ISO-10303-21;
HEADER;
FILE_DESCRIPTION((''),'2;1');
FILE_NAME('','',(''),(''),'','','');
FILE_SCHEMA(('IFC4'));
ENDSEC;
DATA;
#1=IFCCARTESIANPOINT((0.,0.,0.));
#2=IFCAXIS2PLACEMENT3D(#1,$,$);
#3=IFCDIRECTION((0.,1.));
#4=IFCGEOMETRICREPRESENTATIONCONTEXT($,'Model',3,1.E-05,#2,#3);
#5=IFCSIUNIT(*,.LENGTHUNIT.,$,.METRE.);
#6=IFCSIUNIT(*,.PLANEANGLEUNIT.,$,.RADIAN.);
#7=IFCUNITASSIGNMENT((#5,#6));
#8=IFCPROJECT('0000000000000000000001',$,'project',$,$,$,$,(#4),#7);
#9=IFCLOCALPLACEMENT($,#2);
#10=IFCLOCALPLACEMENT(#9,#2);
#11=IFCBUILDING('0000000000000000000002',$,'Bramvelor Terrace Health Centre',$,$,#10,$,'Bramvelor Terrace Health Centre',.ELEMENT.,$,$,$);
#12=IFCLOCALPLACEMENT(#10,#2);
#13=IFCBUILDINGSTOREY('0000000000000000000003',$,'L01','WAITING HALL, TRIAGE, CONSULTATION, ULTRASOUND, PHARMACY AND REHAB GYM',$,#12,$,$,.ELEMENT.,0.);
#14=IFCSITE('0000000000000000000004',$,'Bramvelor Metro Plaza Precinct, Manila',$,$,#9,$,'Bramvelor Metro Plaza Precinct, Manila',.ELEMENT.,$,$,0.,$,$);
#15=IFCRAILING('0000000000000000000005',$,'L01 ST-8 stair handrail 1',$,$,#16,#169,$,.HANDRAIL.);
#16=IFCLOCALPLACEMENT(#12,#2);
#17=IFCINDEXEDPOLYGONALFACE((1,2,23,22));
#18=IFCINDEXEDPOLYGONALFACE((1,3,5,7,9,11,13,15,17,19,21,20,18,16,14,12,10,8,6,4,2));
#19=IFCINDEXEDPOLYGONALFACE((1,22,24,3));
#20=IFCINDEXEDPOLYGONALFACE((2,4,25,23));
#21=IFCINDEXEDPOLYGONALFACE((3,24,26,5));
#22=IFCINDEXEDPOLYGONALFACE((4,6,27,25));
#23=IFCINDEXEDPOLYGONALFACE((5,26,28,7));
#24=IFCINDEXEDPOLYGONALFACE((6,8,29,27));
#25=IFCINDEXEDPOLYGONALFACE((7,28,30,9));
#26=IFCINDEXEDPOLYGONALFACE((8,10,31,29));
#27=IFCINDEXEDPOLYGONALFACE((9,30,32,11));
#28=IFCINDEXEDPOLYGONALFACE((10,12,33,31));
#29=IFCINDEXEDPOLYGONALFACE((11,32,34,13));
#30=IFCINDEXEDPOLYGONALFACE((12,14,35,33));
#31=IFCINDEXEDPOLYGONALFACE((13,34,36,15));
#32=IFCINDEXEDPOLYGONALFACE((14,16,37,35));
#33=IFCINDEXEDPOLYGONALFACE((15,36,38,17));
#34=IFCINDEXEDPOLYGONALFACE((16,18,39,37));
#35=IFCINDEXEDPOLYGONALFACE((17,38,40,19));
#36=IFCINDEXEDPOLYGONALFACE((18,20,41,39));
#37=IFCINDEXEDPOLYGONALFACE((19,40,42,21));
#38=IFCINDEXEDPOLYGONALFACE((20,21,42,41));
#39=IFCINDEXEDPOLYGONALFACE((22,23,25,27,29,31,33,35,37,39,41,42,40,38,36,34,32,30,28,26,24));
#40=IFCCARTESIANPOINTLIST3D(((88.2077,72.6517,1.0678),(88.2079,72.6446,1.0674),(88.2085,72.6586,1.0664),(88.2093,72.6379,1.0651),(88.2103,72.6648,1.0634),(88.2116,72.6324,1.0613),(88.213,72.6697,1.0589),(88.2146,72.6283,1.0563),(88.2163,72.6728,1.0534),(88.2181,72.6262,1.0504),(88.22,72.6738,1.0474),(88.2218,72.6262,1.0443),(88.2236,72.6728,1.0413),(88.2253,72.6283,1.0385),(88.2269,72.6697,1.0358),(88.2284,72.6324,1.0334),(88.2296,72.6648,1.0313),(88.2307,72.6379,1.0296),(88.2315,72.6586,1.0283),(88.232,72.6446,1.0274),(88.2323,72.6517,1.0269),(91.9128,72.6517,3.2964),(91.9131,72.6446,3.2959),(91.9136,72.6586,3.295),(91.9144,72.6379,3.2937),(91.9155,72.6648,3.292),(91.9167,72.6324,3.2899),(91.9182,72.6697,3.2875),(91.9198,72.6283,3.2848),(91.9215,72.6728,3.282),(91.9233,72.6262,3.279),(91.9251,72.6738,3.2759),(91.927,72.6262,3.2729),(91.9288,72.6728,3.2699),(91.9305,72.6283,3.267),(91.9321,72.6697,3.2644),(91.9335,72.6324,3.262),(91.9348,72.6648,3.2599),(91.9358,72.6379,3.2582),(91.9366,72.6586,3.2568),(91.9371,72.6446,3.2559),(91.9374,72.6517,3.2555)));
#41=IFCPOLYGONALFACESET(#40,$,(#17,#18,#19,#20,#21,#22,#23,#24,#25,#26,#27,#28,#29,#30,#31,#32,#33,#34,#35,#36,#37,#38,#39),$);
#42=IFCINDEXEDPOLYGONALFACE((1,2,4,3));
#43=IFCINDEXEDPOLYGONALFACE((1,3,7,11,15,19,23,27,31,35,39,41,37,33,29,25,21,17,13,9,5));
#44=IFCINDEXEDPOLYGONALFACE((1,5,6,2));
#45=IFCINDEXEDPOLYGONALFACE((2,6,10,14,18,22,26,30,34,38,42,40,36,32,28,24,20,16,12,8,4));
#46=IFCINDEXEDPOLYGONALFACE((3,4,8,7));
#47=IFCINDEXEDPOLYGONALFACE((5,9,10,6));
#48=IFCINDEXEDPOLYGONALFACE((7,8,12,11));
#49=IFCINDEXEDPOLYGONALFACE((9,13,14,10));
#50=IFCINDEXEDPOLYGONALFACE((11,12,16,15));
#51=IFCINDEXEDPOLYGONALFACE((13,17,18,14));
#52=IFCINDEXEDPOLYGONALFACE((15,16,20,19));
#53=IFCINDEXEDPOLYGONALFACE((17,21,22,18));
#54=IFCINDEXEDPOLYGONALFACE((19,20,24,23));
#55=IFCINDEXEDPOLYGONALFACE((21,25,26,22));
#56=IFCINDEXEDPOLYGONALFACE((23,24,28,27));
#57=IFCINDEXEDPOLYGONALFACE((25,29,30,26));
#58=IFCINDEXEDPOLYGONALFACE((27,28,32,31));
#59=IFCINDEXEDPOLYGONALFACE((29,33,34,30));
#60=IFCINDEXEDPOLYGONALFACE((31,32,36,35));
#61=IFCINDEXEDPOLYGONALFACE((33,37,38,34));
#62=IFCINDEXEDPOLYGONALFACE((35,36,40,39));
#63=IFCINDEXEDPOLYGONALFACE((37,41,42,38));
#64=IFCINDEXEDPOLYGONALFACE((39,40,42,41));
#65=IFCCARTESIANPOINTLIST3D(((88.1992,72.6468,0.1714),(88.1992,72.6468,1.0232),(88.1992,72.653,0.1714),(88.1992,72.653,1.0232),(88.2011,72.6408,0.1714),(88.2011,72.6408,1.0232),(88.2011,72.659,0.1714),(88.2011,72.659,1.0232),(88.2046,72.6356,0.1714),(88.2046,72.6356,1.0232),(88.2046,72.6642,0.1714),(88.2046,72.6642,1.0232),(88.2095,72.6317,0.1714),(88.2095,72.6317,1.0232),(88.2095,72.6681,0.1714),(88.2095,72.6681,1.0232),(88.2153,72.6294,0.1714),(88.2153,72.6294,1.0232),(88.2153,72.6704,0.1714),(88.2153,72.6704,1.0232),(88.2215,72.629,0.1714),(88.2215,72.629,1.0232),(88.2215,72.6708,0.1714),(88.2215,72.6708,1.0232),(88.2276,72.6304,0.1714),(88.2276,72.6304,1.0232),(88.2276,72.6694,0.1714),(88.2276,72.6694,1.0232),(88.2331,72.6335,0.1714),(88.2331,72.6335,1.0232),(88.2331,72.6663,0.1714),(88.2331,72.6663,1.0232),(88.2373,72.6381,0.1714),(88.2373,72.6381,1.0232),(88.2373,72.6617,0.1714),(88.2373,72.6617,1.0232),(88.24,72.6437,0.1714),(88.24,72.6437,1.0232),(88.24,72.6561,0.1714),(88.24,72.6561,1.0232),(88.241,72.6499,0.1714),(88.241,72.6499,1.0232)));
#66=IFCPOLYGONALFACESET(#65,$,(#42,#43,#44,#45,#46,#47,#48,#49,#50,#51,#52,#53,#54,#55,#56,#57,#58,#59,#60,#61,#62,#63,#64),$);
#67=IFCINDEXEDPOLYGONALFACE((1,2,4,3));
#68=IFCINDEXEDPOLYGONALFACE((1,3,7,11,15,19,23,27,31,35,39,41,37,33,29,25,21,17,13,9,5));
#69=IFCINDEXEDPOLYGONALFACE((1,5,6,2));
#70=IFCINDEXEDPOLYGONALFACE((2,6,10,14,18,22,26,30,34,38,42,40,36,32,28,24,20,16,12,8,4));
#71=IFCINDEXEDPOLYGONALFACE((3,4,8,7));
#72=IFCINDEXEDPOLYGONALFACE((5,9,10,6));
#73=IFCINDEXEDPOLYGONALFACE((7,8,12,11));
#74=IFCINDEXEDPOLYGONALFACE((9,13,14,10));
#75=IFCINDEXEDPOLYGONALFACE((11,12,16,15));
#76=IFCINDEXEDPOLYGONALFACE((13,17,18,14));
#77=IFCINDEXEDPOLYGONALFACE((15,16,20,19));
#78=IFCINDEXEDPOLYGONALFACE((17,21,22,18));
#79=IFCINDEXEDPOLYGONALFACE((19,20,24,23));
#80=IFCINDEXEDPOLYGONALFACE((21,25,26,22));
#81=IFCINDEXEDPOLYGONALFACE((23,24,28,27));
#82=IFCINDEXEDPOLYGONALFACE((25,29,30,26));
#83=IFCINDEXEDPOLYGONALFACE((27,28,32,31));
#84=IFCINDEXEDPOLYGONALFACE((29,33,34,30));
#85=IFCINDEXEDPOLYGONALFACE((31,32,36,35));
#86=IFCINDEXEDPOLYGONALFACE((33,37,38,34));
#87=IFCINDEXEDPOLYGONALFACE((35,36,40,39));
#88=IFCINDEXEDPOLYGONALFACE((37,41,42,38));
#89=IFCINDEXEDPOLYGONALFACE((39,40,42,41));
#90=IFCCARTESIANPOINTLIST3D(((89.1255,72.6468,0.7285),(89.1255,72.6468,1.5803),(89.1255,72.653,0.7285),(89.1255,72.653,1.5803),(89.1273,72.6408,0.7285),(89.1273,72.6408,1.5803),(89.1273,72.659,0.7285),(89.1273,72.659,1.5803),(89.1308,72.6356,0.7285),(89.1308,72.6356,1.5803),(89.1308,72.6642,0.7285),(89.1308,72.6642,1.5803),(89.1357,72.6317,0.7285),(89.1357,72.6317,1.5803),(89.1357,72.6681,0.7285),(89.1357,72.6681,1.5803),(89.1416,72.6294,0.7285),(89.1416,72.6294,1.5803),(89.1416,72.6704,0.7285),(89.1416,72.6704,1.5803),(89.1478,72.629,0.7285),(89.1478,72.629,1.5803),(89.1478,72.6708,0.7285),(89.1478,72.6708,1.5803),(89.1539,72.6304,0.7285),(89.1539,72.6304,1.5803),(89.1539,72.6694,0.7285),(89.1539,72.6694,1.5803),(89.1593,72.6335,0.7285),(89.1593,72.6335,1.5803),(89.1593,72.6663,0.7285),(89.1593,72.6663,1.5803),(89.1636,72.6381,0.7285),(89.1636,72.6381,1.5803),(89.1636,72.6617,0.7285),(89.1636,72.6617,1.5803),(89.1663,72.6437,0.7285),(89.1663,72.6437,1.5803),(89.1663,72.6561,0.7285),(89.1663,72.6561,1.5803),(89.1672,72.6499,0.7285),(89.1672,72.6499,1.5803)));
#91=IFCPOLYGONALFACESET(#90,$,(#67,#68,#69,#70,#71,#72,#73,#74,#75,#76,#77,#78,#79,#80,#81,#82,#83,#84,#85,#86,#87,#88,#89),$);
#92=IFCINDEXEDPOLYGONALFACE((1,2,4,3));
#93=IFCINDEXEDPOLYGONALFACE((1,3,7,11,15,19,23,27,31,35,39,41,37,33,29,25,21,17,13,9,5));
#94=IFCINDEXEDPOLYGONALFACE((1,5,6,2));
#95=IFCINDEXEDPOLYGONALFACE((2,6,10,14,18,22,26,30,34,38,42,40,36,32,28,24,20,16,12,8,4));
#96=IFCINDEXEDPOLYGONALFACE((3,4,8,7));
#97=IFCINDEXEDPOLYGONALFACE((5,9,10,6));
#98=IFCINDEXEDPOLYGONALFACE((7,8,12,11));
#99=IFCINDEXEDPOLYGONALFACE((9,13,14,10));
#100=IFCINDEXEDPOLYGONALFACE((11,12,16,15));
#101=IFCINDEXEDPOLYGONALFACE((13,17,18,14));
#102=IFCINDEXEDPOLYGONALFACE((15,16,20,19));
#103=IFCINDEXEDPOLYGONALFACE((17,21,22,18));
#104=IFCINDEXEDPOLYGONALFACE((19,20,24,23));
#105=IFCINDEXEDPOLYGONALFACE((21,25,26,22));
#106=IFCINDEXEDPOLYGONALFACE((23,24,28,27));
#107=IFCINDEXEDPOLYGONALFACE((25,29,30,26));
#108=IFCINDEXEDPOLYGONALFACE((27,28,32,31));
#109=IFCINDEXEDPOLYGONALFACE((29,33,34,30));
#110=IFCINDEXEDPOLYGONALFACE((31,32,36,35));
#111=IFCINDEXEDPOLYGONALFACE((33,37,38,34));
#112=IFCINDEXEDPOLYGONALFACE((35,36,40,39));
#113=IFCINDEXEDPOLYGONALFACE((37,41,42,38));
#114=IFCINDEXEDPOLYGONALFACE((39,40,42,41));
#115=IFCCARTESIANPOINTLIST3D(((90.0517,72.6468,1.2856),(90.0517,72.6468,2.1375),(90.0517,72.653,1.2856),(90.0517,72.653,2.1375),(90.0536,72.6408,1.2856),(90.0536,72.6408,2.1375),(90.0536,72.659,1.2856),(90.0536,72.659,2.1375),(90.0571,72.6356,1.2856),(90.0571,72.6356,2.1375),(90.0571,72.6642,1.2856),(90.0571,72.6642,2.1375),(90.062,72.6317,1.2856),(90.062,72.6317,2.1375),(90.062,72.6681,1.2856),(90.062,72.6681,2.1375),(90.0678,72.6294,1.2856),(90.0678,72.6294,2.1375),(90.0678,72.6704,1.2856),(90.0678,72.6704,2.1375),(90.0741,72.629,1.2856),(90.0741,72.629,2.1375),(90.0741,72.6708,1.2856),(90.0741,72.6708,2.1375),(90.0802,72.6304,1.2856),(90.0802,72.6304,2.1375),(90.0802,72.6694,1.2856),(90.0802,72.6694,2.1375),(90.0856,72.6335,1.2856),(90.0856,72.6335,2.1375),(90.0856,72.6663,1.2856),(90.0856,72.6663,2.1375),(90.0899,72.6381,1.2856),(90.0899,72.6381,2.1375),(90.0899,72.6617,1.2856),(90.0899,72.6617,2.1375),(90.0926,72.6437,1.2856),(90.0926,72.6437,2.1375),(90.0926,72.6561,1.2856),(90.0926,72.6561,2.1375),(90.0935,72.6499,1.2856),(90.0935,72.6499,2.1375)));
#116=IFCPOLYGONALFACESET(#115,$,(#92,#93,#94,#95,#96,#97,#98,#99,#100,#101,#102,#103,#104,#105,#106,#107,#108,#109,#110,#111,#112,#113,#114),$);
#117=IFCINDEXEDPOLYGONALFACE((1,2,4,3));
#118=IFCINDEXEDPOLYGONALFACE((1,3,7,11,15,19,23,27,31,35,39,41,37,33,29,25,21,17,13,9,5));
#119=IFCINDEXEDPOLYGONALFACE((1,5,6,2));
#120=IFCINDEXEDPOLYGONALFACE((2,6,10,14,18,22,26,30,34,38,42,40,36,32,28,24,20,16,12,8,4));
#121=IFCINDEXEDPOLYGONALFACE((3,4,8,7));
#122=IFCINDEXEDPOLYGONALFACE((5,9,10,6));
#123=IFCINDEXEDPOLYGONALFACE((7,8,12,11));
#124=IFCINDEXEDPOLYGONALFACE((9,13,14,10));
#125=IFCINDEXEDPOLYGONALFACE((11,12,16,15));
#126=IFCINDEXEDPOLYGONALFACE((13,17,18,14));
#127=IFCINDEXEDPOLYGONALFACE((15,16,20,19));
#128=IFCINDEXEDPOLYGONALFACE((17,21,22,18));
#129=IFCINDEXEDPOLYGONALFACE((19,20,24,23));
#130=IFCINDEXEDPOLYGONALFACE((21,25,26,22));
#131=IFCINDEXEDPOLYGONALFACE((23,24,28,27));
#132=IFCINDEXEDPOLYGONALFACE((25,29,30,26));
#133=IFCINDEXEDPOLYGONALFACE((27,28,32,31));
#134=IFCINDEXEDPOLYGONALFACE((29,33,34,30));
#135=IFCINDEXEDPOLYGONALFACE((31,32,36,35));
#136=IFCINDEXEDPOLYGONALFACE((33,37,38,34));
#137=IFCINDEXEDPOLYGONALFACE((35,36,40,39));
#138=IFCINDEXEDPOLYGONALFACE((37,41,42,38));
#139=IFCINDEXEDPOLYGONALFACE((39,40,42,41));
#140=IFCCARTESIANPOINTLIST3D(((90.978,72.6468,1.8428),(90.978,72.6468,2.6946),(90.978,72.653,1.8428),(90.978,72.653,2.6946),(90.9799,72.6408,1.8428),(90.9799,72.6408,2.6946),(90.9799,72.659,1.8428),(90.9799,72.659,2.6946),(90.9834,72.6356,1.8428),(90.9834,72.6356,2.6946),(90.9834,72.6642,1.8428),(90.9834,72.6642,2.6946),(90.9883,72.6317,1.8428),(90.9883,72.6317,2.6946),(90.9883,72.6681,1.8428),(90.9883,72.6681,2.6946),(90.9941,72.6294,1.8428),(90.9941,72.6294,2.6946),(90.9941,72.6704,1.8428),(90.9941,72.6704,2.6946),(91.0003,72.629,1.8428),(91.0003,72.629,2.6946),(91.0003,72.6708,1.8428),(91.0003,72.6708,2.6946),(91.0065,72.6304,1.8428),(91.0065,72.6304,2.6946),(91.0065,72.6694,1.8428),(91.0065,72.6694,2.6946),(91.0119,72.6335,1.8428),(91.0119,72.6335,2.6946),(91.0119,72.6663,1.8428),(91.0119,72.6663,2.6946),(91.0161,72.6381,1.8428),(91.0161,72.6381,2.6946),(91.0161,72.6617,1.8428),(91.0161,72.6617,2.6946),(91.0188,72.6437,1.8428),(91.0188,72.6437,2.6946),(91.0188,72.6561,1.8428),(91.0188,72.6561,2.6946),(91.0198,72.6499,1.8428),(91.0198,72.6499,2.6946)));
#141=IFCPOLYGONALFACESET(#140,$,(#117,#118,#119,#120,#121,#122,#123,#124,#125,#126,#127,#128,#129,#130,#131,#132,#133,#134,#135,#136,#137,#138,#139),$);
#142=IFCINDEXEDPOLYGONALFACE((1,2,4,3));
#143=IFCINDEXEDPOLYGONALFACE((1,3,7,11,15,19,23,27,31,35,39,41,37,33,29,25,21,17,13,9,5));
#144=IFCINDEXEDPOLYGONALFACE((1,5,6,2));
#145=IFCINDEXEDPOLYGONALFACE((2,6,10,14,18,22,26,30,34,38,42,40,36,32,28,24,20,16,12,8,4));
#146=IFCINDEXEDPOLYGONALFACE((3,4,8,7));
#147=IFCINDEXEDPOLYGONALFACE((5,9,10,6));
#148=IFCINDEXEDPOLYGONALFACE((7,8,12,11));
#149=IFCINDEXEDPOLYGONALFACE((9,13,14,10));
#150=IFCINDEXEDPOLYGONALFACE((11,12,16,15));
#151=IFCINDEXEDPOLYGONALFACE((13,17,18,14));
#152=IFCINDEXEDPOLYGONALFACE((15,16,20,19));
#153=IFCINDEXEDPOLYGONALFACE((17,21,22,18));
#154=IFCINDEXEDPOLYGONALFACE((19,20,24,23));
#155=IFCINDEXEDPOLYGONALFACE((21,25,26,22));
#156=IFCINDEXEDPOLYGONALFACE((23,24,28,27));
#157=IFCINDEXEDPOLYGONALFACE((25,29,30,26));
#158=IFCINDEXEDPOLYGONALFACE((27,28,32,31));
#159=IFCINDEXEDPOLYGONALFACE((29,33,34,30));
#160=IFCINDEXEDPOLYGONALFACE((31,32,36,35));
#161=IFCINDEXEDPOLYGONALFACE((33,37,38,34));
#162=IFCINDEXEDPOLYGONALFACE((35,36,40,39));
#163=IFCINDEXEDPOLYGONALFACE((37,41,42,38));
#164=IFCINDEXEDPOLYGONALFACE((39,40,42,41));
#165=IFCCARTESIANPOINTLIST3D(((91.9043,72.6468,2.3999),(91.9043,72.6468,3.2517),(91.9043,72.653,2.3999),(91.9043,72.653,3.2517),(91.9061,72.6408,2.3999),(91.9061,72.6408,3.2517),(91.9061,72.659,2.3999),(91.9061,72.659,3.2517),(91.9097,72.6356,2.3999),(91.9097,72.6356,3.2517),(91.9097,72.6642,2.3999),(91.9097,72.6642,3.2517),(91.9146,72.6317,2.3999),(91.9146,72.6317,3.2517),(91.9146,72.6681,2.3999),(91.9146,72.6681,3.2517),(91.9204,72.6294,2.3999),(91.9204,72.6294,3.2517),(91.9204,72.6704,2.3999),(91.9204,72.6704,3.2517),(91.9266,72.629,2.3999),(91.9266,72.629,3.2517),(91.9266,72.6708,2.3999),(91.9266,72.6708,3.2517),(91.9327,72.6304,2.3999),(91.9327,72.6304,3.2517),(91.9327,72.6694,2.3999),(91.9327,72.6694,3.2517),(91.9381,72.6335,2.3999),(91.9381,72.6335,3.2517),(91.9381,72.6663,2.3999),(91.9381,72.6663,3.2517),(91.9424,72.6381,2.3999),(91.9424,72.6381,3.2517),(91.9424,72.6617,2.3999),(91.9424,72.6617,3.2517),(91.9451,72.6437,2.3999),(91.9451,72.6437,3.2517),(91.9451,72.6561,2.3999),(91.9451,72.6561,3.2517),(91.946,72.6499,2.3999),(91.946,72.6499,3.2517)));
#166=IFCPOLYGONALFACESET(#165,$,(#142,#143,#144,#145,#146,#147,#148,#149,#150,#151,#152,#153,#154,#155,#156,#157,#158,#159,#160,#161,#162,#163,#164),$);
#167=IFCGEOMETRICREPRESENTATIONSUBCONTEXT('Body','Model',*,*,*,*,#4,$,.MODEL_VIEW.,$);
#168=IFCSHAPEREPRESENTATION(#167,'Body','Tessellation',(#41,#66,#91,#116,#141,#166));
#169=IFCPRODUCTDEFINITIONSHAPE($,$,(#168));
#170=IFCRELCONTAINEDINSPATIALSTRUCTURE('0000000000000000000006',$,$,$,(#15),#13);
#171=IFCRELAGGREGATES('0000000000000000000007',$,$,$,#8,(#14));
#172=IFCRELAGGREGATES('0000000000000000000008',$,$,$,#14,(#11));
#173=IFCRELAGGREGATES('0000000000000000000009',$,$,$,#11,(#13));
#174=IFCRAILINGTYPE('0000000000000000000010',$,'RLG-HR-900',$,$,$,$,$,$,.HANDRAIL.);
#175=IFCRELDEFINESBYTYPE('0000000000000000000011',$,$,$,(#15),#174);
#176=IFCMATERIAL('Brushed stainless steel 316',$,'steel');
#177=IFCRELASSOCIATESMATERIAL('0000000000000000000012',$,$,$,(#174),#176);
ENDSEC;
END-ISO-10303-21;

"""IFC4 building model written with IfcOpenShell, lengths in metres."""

from ifc_helpers import new_model, si_unit, direction, frame, origin, origin_2d, place, context, subcontext, project, spatial, circle, extrude, material, type_object, element, save


model = new_model("IFC4")

# Units and contexts
model_context = context("Model", 3, precision=1e-05, world=origin(), true_north=direction((0.0, 1.0)))
body_context = subcontext(model_context, "Body", "Model", "MODEL_VIEW")
ifc_project = project(units=[si_unit("LENGTHUNIT", "METRE"), si_unit("PLANEANGLEUNIT", "RADIAN")], contexts=[model_context])

# Site, building, storey
site_placement = place(None, origin())
site = spatial("IfcSite", under=ifc_project, at=site_placement, Name="Bramvelor Metro Plaza Precinct, Manila", LongName="Bramvelor Metro Plaza Precinct, Manila", CompositionType="ELEMENT", RefElevation=0.0)
building_placement = place(site_placement, origin())
building = spatial("IfcBuilding", under=site, at=building_placement, Name="Bramvelor Terrace Health Centre", LongName="Bramvelor Terrace Health Centre", CompositionType="ELEMENT")
storey_placement = place(building_placement, origin())
storey = spatial("IfcBuildingStorey", under=building, at=storey_placement, Name="L01", Description="WAITING HALL, TRIAGE, CONSULTATION, ULTRASOUND, PHARMACY AND REHAB GYM", CompositionType="ELEMENT", Elevation=0.0)

# Railing
ifc_material_1 = material(Name="Brushed stainless steel 316", Category="steel")
railing_type_1 = type_object("IfcRailingType", Name="RLG-HR-900", PredefinedType="HANDRAIL", material=ifc_material_1)
railing_1_placement = place(storey_placement, frame((88.22, 72.6499, 0.1714)))
element("IfcRailing", 1, at=railing_1_placement, inside=storey, type_object=railing_type_1, Name="L01 ST-8 stair handrail 1", PredefinedType="HANDRAIL", context=body_context, shape_type="SweptSolid", body=[
    extrude(circle(Radius=0.0239, at=origin_2d()), frame((0.0, 0.0, 0.876), z_axis=(0.856934, 0.0, 0.515425), x_axis=(0.0, 1.0, 0.0)), (0.0, 0.0, 1.0), 4.3237),
    extrude(circle(Radius=0.021, at=origin_2d()), origin(), (0.0, 0.0, 1.0), 0.8518),
    extrude(circle(Radius=0.021, at=origin_2d()), frame((0.9263, 0.0, 0.5571)), (0.0, 0.0, 1.0), 0.8518),
    extrude(circle(Radius=0.021, at=origin_2d()), frame((1.8525, 0.0, 1.1143)), (0.0, 0.0, 1.0), 0.8518),
    extrude(circle(Radius=0.021, at=origin_2d()), frame((2.7788, 0.0, 1.6714)), (0.0, 0.0, 1.0), 0.8518),
    extrude(circle(Radius=0.021, at=origin_2d()), frame((3.7051, 0.0, 2.2285)), (0.0, 0.0, 1.0), 0.8518),
])

save(model, "model.ifc")
